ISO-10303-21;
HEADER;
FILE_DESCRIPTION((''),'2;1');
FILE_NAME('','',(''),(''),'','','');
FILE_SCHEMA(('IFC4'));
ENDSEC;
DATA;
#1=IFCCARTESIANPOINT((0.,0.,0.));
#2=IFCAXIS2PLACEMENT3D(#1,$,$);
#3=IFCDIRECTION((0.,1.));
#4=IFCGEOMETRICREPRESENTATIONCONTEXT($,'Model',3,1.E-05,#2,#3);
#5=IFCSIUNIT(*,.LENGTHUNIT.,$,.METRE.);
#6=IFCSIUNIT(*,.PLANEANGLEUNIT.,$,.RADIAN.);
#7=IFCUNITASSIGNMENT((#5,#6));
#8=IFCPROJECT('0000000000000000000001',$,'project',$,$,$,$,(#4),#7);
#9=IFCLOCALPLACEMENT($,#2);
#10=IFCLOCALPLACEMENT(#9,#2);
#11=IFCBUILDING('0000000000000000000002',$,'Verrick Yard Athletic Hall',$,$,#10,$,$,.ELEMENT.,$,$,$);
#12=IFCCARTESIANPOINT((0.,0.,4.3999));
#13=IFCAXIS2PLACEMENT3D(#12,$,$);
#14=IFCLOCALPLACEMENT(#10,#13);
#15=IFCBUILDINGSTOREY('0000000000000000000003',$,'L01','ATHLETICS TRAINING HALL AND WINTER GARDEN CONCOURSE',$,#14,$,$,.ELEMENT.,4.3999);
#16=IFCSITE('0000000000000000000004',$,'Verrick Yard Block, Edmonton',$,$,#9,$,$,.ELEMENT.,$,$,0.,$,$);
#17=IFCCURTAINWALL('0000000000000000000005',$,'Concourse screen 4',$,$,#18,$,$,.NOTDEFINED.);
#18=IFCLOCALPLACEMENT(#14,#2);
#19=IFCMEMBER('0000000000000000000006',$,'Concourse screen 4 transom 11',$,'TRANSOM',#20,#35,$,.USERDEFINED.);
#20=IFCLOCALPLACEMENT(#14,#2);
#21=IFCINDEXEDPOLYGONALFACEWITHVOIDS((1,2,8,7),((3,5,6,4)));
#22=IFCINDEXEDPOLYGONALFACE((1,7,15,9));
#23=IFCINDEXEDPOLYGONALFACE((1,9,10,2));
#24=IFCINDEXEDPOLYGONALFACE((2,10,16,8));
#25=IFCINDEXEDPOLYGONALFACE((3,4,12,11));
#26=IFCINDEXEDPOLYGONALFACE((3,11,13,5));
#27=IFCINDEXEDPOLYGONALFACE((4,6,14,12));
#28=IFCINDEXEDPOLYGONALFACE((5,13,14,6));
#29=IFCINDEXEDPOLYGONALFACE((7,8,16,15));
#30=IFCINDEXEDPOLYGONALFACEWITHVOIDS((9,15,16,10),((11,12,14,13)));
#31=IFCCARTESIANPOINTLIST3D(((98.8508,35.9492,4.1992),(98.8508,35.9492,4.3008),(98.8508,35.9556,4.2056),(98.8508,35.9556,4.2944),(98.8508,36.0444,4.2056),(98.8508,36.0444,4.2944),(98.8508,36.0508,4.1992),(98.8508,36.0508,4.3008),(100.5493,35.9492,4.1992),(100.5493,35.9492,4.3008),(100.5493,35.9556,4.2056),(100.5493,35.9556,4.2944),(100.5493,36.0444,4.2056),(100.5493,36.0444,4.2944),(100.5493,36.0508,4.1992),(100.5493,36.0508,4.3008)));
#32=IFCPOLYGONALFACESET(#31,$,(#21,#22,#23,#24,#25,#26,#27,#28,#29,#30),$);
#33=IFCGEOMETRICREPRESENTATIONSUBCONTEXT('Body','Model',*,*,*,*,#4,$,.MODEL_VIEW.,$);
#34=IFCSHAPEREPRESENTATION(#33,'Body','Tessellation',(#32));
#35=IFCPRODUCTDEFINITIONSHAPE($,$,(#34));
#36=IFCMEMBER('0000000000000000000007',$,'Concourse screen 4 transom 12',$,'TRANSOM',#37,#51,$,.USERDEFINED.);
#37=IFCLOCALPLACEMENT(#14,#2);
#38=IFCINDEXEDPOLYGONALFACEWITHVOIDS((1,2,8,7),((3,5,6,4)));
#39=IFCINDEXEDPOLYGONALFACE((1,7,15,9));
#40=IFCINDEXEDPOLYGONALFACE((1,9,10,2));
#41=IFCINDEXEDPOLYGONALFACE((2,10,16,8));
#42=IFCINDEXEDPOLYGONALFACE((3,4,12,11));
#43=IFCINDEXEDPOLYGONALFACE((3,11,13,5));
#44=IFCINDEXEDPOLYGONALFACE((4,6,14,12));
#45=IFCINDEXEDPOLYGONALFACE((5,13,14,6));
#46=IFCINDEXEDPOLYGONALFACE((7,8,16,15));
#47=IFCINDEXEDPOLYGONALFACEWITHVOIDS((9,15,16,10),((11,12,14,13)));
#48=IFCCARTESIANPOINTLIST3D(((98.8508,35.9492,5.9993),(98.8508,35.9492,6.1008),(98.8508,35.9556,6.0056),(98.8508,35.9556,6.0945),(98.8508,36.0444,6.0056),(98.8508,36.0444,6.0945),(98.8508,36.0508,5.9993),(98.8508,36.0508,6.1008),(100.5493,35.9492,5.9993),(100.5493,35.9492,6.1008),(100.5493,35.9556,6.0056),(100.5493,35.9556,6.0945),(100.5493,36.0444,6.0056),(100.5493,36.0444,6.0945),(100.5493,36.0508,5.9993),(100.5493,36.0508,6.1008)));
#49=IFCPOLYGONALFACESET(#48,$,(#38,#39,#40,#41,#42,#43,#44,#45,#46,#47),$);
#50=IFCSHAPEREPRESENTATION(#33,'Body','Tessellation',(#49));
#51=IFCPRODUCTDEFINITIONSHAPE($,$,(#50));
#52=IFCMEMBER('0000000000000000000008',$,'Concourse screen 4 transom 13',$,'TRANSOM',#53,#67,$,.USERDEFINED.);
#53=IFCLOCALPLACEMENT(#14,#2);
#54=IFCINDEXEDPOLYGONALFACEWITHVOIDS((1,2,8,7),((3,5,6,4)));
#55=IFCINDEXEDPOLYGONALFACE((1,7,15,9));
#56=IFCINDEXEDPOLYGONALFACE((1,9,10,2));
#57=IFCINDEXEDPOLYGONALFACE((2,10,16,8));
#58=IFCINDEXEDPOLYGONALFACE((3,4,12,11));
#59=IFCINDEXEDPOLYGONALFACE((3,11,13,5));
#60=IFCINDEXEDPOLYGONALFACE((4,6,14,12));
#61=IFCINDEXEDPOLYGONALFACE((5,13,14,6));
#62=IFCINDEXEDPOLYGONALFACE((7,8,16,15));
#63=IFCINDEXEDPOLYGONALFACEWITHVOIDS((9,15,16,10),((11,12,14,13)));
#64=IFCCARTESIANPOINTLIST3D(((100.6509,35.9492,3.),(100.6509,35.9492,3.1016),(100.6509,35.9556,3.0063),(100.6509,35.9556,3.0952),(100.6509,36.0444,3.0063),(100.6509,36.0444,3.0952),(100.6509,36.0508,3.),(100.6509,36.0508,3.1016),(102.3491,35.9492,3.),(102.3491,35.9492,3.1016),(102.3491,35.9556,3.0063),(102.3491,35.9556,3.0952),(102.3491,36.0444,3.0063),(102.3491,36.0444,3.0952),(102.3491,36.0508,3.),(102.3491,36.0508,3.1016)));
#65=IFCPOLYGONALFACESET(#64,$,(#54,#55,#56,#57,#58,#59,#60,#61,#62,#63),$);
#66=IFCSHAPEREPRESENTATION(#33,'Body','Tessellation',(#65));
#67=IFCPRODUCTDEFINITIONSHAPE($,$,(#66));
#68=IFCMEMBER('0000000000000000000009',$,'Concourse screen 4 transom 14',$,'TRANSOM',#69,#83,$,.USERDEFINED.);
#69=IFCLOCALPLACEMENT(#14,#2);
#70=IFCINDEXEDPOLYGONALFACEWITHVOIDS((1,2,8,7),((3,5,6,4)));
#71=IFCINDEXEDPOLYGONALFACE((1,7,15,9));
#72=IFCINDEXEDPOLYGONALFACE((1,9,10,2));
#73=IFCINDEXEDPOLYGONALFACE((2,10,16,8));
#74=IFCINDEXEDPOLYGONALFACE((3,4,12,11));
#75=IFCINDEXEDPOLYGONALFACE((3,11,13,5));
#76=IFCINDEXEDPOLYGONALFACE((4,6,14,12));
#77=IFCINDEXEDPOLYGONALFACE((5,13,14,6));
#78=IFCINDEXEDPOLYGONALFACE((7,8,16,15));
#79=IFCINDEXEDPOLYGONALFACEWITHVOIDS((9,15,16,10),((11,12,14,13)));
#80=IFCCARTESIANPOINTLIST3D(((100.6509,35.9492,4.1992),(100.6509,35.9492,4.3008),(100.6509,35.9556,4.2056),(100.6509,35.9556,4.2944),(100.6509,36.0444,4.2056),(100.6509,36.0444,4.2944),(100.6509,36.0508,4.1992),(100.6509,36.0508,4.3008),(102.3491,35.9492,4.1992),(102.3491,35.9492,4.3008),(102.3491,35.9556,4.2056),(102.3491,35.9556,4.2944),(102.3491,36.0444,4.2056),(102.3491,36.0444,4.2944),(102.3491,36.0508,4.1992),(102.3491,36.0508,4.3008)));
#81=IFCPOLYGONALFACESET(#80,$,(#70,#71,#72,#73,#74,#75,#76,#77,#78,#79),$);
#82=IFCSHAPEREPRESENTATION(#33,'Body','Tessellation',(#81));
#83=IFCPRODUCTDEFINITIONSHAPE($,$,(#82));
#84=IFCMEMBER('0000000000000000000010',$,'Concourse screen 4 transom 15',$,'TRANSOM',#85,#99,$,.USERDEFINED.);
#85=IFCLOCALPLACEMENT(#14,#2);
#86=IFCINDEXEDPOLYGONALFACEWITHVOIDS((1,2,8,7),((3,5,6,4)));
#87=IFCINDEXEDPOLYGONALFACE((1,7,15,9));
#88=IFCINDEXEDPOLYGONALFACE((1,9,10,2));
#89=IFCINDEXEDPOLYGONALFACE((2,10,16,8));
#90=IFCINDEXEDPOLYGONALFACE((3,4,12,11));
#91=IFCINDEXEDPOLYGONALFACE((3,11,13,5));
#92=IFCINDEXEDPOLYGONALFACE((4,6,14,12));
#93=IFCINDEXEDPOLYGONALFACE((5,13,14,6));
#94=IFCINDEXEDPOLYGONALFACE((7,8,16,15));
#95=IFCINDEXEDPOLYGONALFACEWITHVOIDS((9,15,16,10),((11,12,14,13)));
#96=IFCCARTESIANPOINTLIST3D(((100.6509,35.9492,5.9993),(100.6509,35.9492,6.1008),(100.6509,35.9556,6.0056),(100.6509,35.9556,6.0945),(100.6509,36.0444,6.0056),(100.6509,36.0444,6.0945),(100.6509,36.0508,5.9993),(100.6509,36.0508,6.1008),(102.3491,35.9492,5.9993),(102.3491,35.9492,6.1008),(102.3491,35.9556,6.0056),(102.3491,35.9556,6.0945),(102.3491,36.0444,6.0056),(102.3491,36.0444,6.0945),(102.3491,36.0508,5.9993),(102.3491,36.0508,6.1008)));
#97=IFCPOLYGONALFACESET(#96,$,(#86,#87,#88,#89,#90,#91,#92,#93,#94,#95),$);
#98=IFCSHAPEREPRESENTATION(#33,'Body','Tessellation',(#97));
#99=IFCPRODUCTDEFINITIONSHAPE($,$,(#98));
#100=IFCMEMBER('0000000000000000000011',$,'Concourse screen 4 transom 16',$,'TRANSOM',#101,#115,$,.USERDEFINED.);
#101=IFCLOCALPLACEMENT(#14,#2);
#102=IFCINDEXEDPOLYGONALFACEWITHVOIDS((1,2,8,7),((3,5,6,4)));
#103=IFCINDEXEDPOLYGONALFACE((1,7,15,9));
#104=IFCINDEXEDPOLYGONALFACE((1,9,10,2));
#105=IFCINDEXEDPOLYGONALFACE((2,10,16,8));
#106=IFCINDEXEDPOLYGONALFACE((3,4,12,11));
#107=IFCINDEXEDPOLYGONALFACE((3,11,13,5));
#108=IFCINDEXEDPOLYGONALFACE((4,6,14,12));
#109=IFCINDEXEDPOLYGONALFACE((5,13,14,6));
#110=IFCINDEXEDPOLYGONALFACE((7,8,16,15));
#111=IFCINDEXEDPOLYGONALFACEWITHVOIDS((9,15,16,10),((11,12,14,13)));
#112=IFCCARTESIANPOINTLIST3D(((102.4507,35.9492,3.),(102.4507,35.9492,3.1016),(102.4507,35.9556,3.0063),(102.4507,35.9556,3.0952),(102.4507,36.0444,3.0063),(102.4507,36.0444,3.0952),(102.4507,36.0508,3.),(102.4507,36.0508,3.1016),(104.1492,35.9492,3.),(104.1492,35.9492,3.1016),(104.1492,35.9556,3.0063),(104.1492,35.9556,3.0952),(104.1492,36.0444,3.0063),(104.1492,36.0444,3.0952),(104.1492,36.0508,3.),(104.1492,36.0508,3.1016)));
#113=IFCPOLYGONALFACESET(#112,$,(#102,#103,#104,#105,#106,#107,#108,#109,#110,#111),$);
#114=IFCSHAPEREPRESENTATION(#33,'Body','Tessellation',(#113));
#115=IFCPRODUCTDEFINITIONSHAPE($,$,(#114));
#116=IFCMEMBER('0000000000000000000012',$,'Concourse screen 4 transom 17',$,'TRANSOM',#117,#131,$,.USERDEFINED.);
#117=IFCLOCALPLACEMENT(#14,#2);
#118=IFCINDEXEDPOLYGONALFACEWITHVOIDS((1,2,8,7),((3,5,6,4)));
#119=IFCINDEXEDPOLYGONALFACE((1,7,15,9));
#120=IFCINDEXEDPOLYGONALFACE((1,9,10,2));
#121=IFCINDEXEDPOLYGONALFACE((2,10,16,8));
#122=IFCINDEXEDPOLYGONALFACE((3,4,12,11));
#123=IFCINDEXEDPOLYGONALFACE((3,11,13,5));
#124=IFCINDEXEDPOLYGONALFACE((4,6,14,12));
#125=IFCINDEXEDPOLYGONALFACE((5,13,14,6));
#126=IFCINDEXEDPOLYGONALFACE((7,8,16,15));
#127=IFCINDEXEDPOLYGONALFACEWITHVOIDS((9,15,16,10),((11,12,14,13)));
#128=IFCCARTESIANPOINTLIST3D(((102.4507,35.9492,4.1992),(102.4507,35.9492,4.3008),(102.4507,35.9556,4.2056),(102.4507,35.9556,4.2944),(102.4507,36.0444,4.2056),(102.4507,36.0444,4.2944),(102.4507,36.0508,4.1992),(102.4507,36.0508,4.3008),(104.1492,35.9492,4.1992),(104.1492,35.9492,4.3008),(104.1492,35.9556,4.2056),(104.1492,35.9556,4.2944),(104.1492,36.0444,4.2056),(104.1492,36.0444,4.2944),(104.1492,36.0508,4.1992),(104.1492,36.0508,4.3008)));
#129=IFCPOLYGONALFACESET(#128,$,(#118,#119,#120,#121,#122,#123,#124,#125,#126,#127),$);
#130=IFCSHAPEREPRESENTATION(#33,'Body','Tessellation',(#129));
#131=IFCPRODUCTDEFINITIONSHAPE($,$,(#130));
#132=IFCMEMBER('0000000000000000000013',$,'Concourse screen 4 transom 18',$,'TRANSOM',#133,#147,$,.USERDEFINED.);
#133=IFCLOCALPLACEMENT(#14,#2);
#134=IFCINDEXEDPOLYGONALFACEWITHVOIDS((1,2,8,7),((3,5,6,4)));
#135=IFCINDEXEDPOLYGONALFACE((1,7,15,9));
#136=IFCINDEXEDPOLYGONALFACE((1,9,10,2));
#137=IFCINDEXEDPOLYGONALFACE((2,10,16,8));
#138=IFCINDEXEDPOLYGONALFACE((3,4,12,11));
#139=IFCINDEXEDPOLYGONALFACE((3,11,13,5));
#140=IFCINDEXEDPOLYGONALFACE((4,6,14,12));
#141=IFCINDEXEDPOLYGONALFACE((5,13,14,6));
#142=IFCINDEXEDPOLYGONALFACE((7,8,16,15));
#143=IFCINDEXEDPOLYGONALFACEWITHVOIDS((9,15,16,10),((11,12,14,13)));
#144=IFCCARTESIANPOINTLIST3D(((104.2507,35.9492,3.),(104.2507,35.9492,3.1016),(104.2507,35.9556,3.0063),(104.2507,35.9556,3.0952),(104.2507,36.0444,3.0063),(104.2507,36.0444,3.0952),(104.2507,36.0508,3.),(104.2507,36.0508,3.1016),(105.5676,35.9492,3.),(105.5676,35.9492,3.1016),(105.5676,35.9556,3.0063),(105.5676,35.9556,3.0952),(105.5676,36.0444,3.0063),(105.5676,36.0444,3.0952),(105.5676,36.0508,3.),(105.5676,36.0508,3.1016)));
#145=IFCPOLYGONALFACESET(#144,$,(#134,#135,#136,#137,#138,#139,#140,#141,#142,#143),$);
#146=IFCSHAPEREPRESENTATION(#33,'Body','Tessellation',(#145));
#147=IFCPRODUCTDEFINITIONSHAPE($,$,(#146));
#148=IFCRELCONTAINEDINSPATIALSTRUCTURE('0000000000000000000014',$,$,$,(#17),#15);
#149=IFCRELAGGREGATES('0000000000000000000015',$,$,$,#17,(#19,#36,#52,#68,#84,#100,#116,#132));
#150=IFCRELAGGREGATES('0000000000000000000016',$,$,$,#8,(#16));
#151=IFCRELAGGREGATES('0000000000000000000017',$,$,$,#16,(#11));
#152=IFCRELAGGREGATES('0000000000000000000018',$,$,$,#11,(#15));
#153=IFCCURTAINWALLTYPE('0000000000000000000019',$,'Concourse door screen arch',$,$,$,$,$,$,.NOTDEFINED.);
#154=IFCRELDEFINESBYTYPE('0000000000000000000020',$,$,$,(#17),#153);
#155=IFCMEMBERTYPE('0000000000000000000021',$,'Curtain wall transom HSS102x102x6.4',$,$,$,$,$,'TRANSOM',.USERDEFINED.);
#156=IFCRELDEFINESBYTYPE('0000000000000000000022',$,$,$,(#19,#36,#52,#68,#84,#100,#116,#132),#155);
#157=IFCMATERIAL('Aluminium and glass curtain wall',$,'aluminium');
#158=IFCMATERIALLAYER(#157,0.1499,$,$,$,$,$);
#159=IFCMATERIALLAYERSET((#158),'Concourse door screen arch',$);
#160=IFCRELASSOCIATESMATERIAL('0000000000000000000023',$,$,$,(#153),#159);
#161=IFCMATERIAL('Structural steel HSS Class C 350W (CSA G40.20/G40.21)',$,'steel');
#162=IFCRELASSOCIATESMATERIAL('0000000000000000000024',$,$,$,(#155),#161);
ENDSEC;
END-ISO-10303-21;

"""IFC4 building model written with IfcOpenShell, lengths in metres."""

from ifc_helpers import new_model, si_unit, direction, frame, origin, origin_2d, place, context, subcontext, project, spatial, hollow_rectangle, extrude, material, layer, layer_set, material_profile, profile_set, type_object, element, aggregate, save


model = new_model("IFC4")

# Units and contexts
model_context = context("Model", 3, precision=1e-05, world=origin(), true_north=direction((0.0, 1.0)))
body_context = subcontext(model_context, "Body", "Model", "MODEL_VIEW")
ifc_project = project(units=[si_unit("LENGTHUNIT", "METRE"), si_unit("PLANEANGLEUNIT", "RADIAN")], contexts=[model_context])

# Site, building, storey
site_placement = place(None, origin())
site = spatial("IfcSite", under=ifc_project, at=site_placement, Name="Verrick Yard Block, Edmonton", CompositionType="ELEMENT", RefElevation=0.0)
building_placement = place(site_placement, origin())
building = spatial("IfcBuilding", under=site, at=building_placement, Name="Verrick Yard Athletic Hall", CompositionType="ELEMENT")
storey_placement = place(building_placement, frame((0.0, 0.0, 4.3999)))
storey = spatial("IfcBuildingStorey", under=building, at=storey_placement, Name="L01", Description="ATHLETICS TRAINING HALL AND WINTER GARDEN CONCOURSE", CompositionType="ELEMENT", Elevation=4.3999)

# Curtain wall, members
ifc_material_1 = material(Name="Aluminium and glass curtain wall", Category="aluminium")
ifc_layer_1 = layer(ifc_material_1, 0.1499)
ifc_layer_set_1 = layer_set([ifc_layer_1], Name="Concourse door screen arch")
curtain_wall_type = type_object("IfcCurtainWallType", Name="Concourse door screen arch", PredefinedType="NOTDEFINED", material=ifc_layer_set_1)
curtain_wall_placement = place(storey_placement, origin())
curtain_wall = element("IfcCurtainWall", 1, at=curtain_wall_placement, inside=storey, type_object=curtain_wall_type, Name="Concourse screen 4", PredefinedType="NOTDEFINED")
ifc_material_2 = material(Name="Structural steel HSS Class C 350W (CSA G40.20/G40.21)", Category="steel")
ifc_material_profile_1 = material_profile(ifc_material_2, hollow_rectangle(XDim=0.1016, YDim=0.1016, WallThickness=0.0063, at=origin_2d()), Name="HSS102x102x6.4")
ifc_profile_set_1 = profile_set([ifc_material_profile_1], Name="Structural steel HSS Class C 350W (CSA G40.20/G40.21)")
member_type_1 = type_object("IfcMemberType", Name="Curtain wall transom HSS102x102x6.4", ElementType="TRANSOM", PredefinedType="USERDEFINED", material=ifc_profile_set_1)
member_1_placement = place(storey_placement, frame((98.8508, 36.0, 4.25), z_axis=(1.0, 0.0, 0.0), x_axis=(0.0, 1.0, 0.0)))
member_1 = element("IfcMember", 2, at=member_1_placement, type_object=member_type_1, Name="Concourse screen 4 transom 11", ObjectType="TRANSOM", PredefinedType="USERDEFINED", context=body_context, shape_type="SweptSolid", body=[
    extrude(hollow_rectangle(XDim=0.1016, YDim=0.1016, WallThickness=0.0063, at=origin_2d()), origin(), (0.0, 0.0, 1.0), 1.6985),
])
member_2_placement = place(storey_placement, frame((98.8508, 36.0, 6.05), z_axis=(1.0, 0.0, 0.0), x_axis=(0.0, 1.0, 0.0)))
member_2 = element("IfcMember", 3, at=member_2_placement, type_object=member_type_1, Name="Concourse screen 4 transom 12", ObjectType="TRANSOM", PredefinedType="USERDEFINED", context=body_context, shape_type="SweptSolid", body=[
    extrude(hollow_rectangle(XDim=0.1016, YDim=0.1016, WallThickness=0.0063, at=origin_2d()), origin(), (0.0, 0.0, 1.0), 1.6985),
])
member_3_placement = place(storey_placement, frame((100.6509, 36.0, 3.0508), z_axis=(1.0, 0.0, 0.0), x_axis=(0.0, 1.0, 0.0)))
member_3 = element("IfcMember", 4, at=member_3_placement, type_object=member_type_1, Name="Concourse screen 4 transom 13", ObjectType="TRANSOM", PredefinedType="USERDEFINED", context=body_context, shape_type="SweptSolid", body=[
    extrude(hollow_rectangle(XDim=0.1016, YDim=0.1016, WallThickness=0.0063, at=origin_2d()), origin(), (0.0, 0.0, 1.0), 1.6982),
])
member_4_placement = place(storey_placement, frame((100.6509, 36.0, 4.25), z_axis=(1.0, 0.0, 0.0), x_axis=(0.0, 1.0, 0.0)))
member_4 = element("IfcMember", 5, at=member_4_placement, type_object=member_type_1, Name="Concourse screen 4 transom 14", ObjectType="TRANSOM", PredefinedType="USERDEFINED", context=body_context, shape_type="SweptSolid", body=[
    extrude(hollow_rectangle(XDim=0.1016, YDim=0.1016, WallThickness=0.0063, at=origin_2d()), origin(), (0.0, 0.0, 1.0), 1.6982),
])
member_5_placement = place(storey_placement, frame((100.6509, 36.0, 6.05), z_axis=(1.0, 0.0, 0.0), x_axis=(0.0, 1.0, 0.0)))
member_5 = element("IfcMember", 6, at=member_5_placement, type_object=member_type_1, Name="Concourse screen 4 transom 15", ObjectType="TRANSOM", PredefinedType="USERDEFINED", context=body_context, shape_type="SweptSolid", body=[
    extrude(hollow_rectangle(XDim=0.1016, YDim=0.1016, WallThickness=0.0063, at=origin_2d()), origin(), (0.0, 0.0, 1.0), 1.6982),
])
member_6_placement = place(storey_placement, frame((102.4507, 36.0, 3.0508), z_axis=(1.0, 0.0, 0.0), x_axis=(0.0, 1.0, 0.0)))
member_6 = element("IfcMember", 7, at=member_6_placement, type_object=member_type_1, Name="Concourse screen 4 transom 16", ObjectType="TRANSOM", PredefinedType="USERDEFINED", context=body_context, shape_type="SweptSolid", body=[
    extrude(hollow_rectangle(XDim=0.1016, YDim=0.1016, WallThickness=0.0063, at=origin_2d()), origin(), (0.0, 0.0, 1.0), 1.6985),
])
member_7_placement = place(storey_placement, frame((102.4507, 36.0, 4.25), z_axis=(1.0, 0.0, 0.0), x_axis=(0.0, 1.0, 0.0)))
member_7 = element("IfcMember", 8, at=member_7_placement, type_object=member_type_1, Name="Concourse screen 4 transom 17", ObjectType="TRANSOM", PredefinedType="USERDEFINED", context=body_context, shape_type="SweptSolid", body=[
    extrude(hollow_rectangle(XDim=0.1016, YDim=0.1016, WallThickness=0.0063, at=origin_2d()), origin(), (0.0, 0.0, 1.0), 1.6985),
])
member_8_placement = place(storey_placement, frame((104.2507, 36.0, 3.0508), z_axis=(1.0, 0.0, 0.0), x_axis=(0.0, 1.0, 0.0)))
member_8 = element("IfcMember", 9, at=member_8_placement, type_object=member_type_1, Name="Concourse screen 4 transom 18", ObjectType="TRANSOM", PredefinedType="USERDEFINED", context=body_context, shape_type="SweptSolid", body=[
    extrude(hollow_rectangle(XDim=0.1016, YDim=0.1016, WallThickness=0.0063, at=origin_2d()), origin(), (0.0, 0.0, 1.0), 1.3169),
])
aggregate(curtain_wall, [member_1, member_2, member_3, member_4, member_5, member_6, member_7, member_8])

save(model, "model.ifc")
